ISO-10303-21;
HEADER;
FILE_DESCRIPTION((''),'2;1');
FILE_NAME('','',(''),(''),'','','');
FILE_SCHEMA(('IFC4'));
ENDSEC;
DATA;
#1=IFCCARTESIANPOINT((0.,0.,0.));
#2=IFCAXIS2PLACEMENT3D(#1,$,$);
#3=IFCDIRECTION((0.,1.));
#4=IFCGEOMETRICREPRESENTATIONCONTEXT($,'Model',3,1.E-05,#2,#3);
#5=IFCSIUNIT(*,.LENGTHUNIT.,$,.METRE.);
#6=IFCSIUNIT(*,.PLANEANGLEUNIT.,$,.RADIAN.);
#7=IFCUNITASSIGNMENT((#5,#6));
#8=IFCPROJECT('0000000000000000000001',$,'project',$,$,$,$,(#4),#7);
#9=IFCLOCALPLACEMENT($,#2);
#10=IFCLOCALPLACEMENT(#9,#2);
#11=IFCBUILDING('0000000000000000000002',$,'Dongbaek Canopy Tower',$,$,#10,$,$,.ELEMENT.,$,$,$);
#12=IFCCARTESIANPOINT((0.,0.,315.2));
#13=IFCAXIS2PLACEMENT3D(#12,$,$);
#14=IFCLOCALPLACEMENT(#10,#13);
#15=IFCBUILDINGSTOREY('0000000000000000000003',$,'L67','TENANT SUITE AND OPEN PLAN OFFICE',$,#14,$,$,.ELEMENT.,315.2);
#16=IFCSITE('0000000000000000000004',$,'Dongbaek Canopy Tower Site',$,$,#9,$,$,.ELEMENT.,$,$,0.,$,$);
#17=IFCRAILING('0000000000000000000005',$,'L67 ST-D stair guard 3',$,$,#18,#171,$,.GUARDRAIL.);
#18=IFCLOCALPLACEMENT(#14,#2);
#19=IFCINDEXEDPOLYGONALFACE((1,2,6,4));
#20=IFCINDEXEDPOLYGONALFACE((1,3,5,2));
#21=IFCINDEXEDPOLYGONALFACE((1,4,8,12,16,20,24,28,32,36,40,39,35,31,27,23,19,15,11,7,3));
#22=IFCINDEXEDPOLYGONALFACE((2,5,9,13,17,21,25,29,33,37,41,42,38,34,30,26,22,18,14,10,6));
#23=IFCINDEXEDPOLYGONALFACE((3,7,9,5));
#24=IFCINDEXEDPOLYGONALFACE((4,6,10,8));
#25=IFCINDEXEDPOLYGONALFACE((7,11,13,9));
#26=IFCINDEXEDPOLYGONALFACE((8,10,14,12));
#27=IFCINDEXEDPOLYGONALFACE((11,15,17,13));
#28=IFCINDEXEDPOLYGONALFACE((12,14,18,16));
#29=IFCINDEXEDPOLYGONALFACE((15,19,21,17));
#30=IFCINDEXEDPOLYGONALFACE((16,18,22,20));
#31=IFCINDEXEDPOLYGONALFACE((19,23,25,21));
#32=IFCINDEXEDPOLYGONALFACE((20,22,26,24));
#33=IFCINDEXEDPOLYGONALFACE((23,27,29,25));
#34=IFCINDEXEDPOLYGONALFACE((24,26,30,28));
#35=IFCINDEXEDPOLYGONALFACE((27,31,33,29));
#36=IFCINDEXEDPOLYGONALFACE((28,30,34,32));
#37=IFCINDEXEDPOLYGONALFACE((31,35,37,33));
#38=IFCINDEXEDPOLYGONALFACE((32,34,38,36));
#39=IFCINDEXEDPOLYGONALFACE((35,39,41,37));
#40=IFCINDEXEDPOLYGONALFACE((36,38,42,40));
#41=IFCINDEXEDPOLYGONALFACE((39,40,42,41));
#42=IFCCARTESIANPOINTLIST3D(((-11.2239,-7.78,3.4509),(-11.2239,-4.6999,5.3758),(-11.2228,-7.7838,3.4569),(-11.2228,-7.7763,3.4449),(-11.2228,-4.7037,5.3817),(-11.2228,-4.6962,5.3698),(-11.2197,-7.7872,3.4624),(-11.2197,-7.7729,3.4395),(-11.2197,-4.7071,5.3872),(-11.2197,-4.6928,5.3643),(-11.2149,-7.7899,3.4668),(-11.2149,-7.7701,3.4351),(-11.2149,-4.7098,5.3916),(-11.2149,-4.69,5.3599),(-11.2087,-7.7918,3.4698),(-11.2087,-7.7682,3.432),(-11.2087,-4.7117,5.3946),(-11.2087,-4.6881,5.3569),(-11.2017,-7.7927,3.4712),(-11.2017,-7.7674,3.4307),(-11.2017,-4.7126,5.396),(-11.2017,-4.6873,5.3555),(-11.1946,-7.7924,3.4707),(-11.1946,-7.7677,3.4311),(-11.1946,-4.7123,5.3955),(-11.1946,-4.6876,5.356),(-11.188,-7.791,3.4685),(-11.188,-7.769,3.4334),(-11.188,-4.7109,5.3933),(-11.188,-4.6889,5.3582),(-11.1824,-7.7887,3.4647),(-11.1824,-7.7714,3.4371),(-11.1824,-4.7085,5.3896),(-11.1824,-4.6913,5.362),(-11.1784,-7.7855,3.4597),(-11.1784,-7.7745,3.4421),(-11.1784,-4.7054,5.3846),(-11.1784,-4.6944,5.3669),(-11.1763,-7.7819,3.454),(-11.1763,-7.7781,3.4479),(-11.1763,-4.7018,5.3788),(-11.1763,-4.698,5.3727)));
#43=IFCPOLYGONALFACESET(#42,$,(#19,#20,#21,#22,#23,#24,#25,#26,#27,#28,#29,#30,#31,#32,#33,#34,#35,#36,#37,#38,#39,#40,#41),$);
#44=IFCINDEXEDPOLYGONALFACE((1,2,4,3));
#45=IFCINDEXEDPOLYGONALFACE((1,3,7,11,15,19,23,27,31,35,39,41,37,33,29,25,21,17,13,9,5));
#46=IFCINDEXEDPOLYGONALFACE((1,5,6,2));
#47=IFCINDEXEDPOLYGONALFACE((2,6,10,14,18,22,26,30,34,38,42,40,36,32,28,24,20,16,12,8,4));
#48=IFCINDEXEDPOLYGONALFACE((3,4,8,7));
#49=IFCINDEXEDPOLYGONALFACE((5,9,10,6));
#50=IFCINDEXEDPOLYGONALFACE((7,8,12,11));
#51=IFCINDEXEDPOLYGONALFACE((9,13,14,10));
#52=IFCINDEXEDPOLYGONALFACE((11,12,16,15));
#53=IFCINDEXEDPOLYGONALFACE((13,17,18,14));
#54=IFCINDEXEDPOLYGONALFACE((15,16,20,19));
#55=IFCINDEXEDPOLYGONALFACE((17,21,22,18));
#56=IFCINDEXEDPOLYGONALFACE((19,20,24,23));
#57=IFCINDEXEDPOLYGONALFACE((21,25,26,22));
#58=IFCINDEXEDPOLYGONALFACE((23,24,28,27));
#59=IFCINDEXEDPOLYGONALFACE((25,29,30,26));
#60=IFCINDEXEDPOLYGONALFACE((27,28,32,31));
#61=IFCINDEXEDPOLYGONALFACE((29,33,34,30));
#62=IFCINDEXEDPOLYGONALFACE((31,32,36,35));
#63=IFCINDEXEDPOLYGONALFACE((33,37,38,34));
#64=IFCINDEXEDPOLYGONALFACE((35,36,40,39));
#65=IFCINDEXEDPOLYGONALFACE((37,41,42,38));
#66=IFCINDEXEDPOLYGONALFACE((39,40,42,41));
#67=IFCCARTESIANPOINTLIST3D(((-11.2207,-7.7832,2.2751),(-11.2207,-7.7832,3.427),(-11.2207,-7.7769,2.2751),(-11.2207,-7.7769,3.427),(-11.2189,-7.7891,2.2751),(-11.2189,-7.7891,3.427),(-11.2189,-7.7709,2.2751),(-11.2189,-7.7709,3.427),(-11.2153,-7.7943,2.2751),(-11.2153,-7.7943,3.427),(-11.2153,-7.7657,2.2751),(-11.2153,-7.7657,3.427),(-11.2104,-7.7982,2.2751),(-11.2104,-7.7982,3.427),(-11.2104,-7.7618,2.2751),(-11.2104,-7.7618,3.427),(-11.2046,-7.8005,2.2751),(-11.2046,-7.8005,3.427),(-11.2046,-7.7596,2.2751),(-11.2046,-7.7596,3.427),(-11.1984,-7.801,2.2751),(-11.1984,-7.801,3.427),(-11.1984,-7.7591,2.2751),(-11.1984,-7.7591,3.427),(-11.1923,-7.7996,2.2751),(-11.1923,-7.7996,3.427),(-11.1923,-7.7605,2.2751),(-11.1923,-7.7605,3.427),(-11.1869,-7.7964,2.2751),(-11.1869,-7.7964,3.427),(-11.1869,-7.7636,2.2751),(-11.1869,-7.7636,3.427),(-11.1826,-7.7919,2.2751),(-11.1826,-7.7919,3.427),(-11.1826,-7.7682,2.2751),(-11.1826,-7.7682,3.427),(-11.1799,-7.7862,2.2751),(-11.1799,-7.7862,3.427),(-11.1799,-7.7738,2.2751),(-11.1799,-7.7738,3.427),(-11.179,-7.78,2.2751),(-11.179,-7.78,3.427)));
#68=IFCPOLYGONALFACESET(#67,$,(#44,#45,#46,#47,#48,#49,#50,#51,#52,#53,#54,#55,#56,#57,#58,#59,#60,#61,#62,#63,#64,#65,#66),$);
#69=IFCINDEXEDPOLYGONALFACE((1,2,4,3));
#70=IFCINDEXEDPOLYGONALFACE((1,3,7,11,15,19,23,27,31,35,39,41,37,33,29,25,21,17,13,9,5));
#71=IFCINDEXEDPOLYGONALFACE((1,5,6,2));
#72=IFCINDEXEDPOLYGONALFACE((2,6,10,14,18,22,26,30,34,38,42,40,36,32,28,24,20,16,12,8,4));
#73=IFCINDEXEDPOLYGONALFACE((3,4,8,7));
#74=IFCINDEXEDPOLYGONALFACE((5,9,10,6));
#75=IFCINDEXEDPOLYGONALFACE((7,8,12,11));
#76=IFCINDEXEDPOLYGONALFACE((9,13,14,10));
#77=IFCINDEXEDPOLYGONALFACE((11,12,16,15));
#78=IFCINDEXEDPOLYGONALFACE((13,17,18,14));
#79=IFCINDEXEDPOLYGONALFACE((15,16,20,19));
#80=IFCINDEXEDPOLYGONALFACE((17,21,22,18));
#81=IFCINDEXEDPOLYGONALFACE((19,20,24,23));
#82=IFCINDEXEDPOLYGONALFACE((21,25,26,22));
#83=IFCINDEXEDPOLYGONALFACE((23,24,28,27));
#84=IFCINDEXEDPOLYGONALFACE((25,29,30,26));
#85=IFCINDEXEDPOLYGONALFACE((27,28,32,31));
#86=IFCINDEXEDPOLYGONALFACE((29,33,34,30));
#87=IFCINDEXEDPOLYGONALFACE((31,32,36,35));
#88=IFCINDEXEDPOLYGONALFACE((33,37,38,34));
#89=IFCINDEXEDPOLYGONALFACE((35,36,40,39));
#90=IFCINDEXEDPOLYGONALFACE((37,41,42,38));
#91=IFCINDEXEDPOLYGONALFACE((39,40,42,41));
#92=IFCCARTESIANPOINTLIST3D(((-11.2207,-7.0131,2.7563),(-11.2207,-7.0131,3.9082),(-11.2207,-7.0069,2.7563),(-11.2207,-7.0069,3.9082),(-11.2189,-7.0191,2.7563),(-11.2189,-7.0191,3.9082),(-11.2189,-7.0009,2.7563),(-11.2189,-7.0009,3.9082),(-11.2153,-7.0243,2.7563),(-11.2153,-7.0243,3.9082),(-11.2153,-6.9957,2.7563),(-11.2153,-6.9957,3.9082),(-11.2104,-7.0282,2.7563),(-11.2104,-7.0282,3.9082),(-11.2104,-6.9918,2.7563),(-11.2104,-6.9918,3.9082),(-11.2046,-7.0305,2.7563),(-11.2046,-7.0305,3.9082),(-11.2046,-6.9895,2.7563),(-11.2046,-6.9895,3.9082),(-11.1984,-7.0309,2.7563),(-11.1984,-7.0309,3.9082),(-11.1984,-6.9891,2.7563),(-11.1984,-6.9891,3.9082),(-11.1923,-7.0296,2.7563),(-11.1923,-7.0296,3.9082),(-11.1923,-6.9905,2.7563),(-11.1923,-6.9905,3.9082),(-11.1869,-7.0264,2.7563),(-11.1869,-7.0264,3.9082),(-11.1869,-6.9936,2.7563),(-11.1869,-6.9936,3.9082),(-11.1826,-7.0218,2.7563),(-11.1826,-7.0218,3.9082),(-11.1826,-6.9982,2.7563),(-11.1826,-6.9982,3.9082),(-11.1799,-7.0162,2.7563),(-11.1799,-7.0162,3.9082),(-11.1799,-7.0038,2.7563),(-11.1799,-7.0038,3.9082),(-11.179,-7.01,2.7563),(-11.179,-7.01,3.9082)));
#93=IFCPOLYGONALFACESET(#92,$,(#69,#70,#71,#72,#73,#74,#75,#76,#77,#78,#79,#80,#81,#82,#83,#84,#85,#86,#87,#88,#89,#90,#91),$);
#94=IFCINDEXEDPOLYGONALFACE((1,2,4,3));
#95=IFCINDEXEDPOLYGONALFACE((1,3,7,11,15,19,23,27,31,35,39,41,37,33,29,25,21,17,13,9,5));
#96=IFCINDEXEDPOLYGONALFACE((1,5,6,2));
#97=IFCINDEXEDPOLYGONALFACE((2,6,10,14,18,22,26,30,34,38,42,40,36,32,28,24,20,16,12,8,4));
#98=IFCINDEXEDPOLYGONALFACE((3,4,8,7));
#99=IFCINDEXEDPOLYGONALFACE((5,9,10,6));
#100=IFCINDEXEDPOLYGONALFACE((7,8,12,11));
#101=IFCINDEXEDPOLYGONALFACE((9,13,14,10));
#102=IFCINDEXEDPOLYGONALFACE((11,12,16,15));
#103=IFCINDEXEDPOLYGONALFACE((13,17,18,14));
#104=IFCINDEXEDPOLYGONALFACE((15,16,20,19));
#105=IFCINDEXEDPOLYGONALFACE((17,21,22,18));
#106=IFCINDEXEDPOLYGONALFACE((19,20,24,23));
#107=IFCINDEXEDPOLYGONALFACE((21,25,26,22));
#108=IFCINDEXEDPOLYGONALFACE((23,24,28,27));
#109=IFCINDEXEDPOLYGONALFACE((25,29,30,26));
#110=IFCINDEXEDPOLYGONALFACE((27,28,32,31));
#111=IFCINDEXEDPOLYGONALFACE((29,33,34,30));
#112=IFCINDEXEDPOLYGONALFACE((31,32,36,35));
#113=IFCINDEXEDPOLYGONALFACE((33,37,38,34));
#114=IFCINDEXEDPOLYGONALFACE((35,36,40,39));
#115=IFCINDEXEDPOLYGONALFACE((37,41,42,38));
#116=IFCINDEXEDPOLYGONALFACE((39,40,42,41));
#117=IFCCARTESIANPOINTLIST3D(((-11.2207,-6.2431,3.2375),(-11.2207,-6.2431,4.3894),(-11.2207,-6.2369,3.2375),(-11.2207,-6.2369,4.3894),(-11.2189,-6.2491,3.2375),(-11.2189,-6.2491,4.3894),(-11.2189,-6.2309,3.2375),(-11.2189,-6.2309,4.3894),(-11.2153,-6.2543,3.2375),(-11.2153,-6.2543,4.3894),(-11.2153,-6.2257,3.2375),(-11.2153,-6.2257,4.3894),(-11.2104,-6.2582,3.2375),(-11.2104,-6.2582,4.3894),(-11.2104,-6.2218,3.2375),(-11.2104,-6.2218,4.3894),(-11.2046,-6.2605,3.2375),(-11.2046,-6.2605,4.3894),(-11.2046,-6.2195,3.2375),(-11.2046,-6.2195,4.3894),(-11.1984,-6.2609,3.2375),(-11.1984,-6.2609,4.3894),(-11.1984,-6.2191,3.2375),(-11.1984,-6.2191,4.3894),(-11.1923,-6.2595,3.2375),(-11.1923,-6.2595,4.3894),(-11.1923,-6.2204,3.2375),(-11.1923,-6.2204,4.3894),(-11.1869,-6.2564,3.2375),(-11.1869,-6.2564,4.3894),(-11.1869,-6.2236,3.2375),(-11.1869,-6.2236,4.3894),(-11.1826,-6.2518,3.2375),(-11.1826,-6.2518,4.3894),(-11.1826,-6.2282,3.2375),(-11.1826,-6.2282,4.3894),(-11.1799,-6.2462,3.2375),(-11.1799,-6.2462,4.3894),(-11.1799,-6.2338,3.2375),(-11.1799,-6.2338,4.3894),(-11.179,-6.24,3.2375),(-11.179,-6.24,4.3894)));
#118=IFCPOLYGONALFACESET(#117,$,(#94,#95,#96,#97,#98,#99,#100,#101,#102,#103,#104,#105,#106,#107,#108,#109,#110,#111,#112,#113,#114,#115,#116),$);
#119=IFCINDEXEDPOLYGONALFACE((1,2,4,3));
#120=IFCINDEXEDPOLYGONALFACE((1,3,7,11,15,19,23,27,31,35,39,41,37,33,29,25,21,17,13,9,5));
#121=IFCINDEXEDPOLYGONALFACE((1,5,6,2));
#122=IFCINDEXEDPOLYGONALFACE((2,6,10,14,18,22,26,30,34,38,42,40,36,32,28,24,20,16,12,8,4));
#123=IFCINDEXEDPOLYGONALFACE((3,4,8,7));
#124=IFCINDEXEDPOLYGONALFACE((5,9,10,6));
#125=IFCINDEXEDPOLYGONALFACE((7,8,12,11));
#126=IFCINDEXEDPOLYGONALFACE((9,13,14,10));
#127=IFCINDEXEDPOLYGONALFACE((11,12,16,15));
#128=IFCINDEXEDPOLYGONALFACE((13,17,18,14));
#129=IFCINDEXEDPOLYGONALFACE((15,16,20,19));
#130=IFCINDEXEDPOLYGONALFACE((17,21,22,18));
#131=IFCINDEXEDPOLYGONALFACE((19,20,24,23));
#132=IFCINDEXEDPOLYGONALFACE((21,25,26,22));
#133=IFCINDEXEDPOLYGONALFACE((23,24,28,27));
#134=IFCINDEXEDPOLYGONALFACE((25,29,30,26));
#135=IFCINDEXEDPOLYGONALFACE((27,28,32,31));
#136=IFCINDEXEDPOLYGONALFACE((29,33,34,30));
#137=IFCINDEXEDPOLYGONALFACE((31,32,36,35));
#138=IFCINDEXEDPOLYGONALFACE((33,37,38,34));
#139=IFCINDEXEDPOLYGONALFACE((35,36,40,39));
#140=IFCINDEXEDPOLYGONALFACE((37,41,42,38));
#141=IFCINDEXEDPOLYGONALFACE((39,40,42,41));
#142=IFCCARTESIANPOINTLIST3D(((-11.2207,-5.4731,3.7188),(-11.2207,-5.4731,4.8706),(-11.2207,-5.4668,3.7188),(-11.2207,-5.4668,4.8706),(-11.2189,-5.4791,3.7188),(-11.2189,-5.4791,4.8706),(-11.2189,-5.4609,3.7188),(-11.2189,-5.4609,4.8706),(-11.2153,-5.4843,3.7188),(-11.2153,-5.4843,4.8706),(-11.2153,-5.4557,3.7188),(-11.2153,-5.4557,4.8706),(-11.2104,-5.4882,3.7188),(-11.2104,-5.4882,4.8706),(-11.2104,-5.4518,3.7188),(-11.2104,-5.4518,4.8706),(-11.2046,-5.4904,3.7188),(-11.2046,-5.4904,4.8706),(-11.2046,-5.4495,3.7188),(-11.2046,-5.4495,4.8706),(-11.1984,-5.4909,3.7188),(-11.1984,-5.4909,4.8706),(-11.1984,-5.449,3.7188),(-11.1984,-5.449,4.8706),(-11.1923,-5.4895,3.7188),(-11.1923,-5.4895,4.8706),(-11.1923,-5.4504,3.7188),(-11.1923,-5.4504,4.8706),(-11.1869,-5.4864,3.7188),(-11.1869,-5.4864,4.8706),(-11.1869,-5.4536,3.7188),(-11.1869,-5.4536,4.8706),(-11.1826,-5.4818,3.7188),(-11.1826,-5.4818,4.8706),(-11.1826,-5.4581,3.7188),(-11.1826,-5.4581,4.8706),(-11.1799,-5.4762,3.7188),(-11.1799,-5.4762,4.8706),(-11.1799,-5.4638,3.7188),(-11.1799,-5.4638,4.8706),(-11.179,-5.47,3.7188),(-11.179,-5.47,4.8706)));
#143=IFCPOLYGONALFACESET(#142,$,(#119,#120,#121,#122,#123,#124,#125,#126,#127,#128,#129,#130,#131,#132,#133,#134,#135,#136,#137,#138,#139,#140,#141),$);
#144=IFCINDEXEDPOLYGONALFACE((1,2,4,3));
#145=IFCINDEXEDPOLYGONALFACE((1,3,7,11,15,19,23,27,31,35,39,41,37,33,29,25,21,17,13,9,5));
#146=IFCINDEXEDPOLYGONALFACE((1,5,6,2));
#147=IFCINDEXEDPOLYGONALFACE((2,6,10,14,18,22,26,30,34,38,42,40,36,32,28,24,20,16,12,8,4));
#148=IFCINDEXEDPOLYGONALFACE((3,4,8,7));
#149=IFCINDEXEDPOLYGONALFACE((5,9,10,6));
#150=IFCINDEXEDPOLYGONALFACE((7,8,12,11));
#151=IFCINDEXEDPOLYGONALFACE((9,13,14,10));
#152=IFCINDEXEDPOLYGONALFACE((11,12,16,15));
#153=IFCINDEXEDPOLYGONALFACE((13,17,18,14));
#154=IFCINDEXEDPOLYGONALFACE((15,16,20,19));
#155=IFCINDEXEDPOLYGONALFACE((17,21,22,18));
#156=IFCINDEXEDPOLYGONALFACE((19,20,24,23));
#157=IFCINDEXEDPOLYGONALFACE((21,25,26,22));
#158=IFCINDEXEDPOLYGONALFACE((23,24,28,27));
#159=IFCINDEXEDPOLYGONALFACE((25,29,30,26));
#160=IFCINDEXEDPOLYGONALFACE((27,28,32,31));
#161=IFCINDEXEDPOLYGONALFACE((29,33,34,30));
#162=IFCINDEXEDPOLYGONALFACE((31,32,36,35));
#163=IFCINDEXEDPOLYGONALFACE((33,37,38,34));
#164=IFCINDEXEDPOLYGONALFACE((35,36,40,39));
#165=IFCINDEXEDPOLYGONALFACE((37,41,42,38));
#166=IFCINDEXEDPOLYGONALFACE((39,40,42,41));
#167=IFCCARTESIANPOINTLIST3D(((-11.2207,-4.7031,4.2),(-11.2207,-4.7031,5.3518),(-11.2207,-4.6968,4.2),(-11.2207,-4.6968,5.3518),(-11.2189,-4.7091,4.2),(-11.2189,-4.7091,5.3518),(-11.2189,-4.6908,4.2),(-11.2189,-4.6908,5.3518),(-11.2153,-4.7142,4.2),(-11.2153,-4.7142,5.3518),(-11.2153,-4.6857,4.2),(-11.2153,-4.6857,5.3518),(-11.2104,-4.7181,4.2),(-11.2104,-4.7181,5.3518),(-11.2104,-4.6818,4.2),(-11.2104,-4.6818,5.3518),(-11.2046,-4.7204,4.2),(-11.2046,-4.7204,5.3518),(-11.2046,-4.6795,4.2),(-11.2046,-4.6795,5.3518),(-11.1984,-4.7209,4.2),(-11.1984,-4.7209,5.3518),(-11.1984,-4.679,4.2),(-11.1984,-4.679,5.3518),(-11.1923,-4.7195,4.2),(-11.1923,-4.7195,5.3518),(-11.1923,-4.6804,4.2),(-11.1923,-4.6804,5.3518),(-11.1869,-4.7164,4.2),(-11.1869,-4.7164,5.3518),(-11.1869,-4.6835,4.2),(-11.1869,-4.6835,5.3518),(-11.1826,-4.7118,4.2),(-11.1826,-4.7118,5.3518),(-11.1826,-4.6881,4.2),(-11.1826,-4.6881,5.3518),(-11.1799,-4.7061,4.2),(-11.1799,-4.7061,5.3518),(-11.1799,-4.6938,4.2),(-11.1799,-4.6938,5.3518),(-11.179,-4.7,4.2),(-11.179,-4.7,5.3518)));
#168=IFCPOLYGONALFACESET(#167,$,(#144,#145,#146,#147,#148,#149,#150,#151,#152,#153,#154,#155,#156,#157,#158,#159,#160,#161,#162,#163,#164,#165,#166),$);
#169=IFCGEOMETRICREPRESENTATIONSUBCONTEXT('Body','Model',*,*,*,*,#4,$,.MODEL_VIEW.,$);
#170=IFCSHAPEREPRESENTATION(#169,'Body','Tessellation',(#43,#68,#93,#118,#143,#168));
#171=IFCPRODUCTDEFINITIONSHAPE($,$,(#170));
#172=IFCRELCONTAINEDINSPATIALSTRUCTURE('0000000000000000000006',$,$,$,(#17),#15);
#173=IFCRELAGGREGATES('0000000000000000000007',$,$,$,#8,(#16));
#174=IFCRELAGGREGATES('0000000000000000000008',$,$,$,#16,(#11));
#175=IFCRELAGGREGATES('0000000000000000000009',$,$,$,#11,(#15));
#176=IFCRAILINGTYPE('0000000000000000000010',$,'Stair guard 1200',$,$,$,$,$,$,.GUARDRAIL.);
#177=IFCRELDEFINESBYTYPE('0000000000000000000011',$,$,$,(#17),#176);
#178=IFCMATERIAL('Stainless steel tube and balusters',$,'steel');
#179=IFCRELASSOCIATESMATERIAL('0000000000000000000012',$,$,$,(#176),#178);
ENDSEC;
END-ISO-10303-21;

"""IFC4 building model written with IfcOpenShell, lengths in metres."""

from ifc_helpers import new_model, si_unit, direction, frame, origin, origin_2d, place, context, subcontext, project, spatial, circle, extrude, material, type_object, element, save


model = new_model("IFC4")

# Units and contexts
model_context = context("Model", 3, precision=1e-05, world=origin(), true_north=direction((0.0, 1.0)))
body_context = subcontext(model_context, "Body", "Model", "MODEL_VIEW")
ifc_project = project(units=[si_unit("LENGTHUNIT", "METRE"), si_unit("PLANEANGLEUNIT", "RADIAN")], contexts=[model_context])

# Site, building, storey
site_placement = place(None, origin())
site = spatial("IfcSite", under=ifc_project, at=site_placement, Name="Dongbaek Canopy Tower Site", CompositionType="ELEMENT", RefElevation=0.0)
building_placement = place(site_placement, origin())
building = spatial("IfcBuilding", under=site, at=building_placement, Name="Dongbaek Canopy Tower", CompositionType="ELEMENT")
storey_placement = place(building_placement, frame((0.0, 0.0, 315.2)))
storey = spatial("IfcBuildingStorey", under=building, at=storey_placement, Name="L67", Description="TENANT SUITE AND OPEN PLAN OFFICE", CompositionType="ELEMENT", Elevation=315.2)

# Railing
ifc_material_1 = material(Name="Stainless steel tube and balusters", Category="steel")
railing_type_1 = type_object("IfcRailingType", Name="Stair guard 1200", PredefinedType="GUARDRAIL", material=ifc_material_1)
railing_1_placement = place(storey_placement, frame((-11.2, -7.78, 2.2751)))
element("IfcRailing", 1, at=railing_1_placement, inside=storey, type_object=railing_type_1, Name="L67 ST-D stair guard 3", PredefinedType="GUARDRAIL", context=body_context, shape_type="SweptSolid", body=[
    extrude(circle(Radius=0.0239, at=origin_2d()), frame((0.0, 0.0, 1.1758), z_axis=(0.0, 0.848029, 0.529951), x_axis=(-1.0, 0.0, 0.0)), (0.0, 0.0, 1.0), 3.6321),
    extrude(circle(Radius=0.021, at=origin_2d()), origin(), (0.0, 0.0, 1.0), 1.1519),
    extrude(circle(Radius=0.021, at=origin_2d()), frame((0.0, 0.77, 0.4812)), (0.0, 0.0, 1.0), 1.1519),
    extrude(circle(Radius=0.021, at=origin_2d()), frame((0.0, 1.54, 0.9624)), (0.0, 0.0, 1.0), 1.1519),
    extrude(circle(Radius=0.021, at=origin_2d()), frame((0.0, 2.3101, 1.4436)), (0.0, 0.0, 1.0), 1.1519),
    extrude(circle(Radius=0.021, at=origin_2d()), frame((0.0, 3.0801, 1.9248)), (0.0, 0.0, 1.0), 1.1519),
])

save(model, "model.ifc")
